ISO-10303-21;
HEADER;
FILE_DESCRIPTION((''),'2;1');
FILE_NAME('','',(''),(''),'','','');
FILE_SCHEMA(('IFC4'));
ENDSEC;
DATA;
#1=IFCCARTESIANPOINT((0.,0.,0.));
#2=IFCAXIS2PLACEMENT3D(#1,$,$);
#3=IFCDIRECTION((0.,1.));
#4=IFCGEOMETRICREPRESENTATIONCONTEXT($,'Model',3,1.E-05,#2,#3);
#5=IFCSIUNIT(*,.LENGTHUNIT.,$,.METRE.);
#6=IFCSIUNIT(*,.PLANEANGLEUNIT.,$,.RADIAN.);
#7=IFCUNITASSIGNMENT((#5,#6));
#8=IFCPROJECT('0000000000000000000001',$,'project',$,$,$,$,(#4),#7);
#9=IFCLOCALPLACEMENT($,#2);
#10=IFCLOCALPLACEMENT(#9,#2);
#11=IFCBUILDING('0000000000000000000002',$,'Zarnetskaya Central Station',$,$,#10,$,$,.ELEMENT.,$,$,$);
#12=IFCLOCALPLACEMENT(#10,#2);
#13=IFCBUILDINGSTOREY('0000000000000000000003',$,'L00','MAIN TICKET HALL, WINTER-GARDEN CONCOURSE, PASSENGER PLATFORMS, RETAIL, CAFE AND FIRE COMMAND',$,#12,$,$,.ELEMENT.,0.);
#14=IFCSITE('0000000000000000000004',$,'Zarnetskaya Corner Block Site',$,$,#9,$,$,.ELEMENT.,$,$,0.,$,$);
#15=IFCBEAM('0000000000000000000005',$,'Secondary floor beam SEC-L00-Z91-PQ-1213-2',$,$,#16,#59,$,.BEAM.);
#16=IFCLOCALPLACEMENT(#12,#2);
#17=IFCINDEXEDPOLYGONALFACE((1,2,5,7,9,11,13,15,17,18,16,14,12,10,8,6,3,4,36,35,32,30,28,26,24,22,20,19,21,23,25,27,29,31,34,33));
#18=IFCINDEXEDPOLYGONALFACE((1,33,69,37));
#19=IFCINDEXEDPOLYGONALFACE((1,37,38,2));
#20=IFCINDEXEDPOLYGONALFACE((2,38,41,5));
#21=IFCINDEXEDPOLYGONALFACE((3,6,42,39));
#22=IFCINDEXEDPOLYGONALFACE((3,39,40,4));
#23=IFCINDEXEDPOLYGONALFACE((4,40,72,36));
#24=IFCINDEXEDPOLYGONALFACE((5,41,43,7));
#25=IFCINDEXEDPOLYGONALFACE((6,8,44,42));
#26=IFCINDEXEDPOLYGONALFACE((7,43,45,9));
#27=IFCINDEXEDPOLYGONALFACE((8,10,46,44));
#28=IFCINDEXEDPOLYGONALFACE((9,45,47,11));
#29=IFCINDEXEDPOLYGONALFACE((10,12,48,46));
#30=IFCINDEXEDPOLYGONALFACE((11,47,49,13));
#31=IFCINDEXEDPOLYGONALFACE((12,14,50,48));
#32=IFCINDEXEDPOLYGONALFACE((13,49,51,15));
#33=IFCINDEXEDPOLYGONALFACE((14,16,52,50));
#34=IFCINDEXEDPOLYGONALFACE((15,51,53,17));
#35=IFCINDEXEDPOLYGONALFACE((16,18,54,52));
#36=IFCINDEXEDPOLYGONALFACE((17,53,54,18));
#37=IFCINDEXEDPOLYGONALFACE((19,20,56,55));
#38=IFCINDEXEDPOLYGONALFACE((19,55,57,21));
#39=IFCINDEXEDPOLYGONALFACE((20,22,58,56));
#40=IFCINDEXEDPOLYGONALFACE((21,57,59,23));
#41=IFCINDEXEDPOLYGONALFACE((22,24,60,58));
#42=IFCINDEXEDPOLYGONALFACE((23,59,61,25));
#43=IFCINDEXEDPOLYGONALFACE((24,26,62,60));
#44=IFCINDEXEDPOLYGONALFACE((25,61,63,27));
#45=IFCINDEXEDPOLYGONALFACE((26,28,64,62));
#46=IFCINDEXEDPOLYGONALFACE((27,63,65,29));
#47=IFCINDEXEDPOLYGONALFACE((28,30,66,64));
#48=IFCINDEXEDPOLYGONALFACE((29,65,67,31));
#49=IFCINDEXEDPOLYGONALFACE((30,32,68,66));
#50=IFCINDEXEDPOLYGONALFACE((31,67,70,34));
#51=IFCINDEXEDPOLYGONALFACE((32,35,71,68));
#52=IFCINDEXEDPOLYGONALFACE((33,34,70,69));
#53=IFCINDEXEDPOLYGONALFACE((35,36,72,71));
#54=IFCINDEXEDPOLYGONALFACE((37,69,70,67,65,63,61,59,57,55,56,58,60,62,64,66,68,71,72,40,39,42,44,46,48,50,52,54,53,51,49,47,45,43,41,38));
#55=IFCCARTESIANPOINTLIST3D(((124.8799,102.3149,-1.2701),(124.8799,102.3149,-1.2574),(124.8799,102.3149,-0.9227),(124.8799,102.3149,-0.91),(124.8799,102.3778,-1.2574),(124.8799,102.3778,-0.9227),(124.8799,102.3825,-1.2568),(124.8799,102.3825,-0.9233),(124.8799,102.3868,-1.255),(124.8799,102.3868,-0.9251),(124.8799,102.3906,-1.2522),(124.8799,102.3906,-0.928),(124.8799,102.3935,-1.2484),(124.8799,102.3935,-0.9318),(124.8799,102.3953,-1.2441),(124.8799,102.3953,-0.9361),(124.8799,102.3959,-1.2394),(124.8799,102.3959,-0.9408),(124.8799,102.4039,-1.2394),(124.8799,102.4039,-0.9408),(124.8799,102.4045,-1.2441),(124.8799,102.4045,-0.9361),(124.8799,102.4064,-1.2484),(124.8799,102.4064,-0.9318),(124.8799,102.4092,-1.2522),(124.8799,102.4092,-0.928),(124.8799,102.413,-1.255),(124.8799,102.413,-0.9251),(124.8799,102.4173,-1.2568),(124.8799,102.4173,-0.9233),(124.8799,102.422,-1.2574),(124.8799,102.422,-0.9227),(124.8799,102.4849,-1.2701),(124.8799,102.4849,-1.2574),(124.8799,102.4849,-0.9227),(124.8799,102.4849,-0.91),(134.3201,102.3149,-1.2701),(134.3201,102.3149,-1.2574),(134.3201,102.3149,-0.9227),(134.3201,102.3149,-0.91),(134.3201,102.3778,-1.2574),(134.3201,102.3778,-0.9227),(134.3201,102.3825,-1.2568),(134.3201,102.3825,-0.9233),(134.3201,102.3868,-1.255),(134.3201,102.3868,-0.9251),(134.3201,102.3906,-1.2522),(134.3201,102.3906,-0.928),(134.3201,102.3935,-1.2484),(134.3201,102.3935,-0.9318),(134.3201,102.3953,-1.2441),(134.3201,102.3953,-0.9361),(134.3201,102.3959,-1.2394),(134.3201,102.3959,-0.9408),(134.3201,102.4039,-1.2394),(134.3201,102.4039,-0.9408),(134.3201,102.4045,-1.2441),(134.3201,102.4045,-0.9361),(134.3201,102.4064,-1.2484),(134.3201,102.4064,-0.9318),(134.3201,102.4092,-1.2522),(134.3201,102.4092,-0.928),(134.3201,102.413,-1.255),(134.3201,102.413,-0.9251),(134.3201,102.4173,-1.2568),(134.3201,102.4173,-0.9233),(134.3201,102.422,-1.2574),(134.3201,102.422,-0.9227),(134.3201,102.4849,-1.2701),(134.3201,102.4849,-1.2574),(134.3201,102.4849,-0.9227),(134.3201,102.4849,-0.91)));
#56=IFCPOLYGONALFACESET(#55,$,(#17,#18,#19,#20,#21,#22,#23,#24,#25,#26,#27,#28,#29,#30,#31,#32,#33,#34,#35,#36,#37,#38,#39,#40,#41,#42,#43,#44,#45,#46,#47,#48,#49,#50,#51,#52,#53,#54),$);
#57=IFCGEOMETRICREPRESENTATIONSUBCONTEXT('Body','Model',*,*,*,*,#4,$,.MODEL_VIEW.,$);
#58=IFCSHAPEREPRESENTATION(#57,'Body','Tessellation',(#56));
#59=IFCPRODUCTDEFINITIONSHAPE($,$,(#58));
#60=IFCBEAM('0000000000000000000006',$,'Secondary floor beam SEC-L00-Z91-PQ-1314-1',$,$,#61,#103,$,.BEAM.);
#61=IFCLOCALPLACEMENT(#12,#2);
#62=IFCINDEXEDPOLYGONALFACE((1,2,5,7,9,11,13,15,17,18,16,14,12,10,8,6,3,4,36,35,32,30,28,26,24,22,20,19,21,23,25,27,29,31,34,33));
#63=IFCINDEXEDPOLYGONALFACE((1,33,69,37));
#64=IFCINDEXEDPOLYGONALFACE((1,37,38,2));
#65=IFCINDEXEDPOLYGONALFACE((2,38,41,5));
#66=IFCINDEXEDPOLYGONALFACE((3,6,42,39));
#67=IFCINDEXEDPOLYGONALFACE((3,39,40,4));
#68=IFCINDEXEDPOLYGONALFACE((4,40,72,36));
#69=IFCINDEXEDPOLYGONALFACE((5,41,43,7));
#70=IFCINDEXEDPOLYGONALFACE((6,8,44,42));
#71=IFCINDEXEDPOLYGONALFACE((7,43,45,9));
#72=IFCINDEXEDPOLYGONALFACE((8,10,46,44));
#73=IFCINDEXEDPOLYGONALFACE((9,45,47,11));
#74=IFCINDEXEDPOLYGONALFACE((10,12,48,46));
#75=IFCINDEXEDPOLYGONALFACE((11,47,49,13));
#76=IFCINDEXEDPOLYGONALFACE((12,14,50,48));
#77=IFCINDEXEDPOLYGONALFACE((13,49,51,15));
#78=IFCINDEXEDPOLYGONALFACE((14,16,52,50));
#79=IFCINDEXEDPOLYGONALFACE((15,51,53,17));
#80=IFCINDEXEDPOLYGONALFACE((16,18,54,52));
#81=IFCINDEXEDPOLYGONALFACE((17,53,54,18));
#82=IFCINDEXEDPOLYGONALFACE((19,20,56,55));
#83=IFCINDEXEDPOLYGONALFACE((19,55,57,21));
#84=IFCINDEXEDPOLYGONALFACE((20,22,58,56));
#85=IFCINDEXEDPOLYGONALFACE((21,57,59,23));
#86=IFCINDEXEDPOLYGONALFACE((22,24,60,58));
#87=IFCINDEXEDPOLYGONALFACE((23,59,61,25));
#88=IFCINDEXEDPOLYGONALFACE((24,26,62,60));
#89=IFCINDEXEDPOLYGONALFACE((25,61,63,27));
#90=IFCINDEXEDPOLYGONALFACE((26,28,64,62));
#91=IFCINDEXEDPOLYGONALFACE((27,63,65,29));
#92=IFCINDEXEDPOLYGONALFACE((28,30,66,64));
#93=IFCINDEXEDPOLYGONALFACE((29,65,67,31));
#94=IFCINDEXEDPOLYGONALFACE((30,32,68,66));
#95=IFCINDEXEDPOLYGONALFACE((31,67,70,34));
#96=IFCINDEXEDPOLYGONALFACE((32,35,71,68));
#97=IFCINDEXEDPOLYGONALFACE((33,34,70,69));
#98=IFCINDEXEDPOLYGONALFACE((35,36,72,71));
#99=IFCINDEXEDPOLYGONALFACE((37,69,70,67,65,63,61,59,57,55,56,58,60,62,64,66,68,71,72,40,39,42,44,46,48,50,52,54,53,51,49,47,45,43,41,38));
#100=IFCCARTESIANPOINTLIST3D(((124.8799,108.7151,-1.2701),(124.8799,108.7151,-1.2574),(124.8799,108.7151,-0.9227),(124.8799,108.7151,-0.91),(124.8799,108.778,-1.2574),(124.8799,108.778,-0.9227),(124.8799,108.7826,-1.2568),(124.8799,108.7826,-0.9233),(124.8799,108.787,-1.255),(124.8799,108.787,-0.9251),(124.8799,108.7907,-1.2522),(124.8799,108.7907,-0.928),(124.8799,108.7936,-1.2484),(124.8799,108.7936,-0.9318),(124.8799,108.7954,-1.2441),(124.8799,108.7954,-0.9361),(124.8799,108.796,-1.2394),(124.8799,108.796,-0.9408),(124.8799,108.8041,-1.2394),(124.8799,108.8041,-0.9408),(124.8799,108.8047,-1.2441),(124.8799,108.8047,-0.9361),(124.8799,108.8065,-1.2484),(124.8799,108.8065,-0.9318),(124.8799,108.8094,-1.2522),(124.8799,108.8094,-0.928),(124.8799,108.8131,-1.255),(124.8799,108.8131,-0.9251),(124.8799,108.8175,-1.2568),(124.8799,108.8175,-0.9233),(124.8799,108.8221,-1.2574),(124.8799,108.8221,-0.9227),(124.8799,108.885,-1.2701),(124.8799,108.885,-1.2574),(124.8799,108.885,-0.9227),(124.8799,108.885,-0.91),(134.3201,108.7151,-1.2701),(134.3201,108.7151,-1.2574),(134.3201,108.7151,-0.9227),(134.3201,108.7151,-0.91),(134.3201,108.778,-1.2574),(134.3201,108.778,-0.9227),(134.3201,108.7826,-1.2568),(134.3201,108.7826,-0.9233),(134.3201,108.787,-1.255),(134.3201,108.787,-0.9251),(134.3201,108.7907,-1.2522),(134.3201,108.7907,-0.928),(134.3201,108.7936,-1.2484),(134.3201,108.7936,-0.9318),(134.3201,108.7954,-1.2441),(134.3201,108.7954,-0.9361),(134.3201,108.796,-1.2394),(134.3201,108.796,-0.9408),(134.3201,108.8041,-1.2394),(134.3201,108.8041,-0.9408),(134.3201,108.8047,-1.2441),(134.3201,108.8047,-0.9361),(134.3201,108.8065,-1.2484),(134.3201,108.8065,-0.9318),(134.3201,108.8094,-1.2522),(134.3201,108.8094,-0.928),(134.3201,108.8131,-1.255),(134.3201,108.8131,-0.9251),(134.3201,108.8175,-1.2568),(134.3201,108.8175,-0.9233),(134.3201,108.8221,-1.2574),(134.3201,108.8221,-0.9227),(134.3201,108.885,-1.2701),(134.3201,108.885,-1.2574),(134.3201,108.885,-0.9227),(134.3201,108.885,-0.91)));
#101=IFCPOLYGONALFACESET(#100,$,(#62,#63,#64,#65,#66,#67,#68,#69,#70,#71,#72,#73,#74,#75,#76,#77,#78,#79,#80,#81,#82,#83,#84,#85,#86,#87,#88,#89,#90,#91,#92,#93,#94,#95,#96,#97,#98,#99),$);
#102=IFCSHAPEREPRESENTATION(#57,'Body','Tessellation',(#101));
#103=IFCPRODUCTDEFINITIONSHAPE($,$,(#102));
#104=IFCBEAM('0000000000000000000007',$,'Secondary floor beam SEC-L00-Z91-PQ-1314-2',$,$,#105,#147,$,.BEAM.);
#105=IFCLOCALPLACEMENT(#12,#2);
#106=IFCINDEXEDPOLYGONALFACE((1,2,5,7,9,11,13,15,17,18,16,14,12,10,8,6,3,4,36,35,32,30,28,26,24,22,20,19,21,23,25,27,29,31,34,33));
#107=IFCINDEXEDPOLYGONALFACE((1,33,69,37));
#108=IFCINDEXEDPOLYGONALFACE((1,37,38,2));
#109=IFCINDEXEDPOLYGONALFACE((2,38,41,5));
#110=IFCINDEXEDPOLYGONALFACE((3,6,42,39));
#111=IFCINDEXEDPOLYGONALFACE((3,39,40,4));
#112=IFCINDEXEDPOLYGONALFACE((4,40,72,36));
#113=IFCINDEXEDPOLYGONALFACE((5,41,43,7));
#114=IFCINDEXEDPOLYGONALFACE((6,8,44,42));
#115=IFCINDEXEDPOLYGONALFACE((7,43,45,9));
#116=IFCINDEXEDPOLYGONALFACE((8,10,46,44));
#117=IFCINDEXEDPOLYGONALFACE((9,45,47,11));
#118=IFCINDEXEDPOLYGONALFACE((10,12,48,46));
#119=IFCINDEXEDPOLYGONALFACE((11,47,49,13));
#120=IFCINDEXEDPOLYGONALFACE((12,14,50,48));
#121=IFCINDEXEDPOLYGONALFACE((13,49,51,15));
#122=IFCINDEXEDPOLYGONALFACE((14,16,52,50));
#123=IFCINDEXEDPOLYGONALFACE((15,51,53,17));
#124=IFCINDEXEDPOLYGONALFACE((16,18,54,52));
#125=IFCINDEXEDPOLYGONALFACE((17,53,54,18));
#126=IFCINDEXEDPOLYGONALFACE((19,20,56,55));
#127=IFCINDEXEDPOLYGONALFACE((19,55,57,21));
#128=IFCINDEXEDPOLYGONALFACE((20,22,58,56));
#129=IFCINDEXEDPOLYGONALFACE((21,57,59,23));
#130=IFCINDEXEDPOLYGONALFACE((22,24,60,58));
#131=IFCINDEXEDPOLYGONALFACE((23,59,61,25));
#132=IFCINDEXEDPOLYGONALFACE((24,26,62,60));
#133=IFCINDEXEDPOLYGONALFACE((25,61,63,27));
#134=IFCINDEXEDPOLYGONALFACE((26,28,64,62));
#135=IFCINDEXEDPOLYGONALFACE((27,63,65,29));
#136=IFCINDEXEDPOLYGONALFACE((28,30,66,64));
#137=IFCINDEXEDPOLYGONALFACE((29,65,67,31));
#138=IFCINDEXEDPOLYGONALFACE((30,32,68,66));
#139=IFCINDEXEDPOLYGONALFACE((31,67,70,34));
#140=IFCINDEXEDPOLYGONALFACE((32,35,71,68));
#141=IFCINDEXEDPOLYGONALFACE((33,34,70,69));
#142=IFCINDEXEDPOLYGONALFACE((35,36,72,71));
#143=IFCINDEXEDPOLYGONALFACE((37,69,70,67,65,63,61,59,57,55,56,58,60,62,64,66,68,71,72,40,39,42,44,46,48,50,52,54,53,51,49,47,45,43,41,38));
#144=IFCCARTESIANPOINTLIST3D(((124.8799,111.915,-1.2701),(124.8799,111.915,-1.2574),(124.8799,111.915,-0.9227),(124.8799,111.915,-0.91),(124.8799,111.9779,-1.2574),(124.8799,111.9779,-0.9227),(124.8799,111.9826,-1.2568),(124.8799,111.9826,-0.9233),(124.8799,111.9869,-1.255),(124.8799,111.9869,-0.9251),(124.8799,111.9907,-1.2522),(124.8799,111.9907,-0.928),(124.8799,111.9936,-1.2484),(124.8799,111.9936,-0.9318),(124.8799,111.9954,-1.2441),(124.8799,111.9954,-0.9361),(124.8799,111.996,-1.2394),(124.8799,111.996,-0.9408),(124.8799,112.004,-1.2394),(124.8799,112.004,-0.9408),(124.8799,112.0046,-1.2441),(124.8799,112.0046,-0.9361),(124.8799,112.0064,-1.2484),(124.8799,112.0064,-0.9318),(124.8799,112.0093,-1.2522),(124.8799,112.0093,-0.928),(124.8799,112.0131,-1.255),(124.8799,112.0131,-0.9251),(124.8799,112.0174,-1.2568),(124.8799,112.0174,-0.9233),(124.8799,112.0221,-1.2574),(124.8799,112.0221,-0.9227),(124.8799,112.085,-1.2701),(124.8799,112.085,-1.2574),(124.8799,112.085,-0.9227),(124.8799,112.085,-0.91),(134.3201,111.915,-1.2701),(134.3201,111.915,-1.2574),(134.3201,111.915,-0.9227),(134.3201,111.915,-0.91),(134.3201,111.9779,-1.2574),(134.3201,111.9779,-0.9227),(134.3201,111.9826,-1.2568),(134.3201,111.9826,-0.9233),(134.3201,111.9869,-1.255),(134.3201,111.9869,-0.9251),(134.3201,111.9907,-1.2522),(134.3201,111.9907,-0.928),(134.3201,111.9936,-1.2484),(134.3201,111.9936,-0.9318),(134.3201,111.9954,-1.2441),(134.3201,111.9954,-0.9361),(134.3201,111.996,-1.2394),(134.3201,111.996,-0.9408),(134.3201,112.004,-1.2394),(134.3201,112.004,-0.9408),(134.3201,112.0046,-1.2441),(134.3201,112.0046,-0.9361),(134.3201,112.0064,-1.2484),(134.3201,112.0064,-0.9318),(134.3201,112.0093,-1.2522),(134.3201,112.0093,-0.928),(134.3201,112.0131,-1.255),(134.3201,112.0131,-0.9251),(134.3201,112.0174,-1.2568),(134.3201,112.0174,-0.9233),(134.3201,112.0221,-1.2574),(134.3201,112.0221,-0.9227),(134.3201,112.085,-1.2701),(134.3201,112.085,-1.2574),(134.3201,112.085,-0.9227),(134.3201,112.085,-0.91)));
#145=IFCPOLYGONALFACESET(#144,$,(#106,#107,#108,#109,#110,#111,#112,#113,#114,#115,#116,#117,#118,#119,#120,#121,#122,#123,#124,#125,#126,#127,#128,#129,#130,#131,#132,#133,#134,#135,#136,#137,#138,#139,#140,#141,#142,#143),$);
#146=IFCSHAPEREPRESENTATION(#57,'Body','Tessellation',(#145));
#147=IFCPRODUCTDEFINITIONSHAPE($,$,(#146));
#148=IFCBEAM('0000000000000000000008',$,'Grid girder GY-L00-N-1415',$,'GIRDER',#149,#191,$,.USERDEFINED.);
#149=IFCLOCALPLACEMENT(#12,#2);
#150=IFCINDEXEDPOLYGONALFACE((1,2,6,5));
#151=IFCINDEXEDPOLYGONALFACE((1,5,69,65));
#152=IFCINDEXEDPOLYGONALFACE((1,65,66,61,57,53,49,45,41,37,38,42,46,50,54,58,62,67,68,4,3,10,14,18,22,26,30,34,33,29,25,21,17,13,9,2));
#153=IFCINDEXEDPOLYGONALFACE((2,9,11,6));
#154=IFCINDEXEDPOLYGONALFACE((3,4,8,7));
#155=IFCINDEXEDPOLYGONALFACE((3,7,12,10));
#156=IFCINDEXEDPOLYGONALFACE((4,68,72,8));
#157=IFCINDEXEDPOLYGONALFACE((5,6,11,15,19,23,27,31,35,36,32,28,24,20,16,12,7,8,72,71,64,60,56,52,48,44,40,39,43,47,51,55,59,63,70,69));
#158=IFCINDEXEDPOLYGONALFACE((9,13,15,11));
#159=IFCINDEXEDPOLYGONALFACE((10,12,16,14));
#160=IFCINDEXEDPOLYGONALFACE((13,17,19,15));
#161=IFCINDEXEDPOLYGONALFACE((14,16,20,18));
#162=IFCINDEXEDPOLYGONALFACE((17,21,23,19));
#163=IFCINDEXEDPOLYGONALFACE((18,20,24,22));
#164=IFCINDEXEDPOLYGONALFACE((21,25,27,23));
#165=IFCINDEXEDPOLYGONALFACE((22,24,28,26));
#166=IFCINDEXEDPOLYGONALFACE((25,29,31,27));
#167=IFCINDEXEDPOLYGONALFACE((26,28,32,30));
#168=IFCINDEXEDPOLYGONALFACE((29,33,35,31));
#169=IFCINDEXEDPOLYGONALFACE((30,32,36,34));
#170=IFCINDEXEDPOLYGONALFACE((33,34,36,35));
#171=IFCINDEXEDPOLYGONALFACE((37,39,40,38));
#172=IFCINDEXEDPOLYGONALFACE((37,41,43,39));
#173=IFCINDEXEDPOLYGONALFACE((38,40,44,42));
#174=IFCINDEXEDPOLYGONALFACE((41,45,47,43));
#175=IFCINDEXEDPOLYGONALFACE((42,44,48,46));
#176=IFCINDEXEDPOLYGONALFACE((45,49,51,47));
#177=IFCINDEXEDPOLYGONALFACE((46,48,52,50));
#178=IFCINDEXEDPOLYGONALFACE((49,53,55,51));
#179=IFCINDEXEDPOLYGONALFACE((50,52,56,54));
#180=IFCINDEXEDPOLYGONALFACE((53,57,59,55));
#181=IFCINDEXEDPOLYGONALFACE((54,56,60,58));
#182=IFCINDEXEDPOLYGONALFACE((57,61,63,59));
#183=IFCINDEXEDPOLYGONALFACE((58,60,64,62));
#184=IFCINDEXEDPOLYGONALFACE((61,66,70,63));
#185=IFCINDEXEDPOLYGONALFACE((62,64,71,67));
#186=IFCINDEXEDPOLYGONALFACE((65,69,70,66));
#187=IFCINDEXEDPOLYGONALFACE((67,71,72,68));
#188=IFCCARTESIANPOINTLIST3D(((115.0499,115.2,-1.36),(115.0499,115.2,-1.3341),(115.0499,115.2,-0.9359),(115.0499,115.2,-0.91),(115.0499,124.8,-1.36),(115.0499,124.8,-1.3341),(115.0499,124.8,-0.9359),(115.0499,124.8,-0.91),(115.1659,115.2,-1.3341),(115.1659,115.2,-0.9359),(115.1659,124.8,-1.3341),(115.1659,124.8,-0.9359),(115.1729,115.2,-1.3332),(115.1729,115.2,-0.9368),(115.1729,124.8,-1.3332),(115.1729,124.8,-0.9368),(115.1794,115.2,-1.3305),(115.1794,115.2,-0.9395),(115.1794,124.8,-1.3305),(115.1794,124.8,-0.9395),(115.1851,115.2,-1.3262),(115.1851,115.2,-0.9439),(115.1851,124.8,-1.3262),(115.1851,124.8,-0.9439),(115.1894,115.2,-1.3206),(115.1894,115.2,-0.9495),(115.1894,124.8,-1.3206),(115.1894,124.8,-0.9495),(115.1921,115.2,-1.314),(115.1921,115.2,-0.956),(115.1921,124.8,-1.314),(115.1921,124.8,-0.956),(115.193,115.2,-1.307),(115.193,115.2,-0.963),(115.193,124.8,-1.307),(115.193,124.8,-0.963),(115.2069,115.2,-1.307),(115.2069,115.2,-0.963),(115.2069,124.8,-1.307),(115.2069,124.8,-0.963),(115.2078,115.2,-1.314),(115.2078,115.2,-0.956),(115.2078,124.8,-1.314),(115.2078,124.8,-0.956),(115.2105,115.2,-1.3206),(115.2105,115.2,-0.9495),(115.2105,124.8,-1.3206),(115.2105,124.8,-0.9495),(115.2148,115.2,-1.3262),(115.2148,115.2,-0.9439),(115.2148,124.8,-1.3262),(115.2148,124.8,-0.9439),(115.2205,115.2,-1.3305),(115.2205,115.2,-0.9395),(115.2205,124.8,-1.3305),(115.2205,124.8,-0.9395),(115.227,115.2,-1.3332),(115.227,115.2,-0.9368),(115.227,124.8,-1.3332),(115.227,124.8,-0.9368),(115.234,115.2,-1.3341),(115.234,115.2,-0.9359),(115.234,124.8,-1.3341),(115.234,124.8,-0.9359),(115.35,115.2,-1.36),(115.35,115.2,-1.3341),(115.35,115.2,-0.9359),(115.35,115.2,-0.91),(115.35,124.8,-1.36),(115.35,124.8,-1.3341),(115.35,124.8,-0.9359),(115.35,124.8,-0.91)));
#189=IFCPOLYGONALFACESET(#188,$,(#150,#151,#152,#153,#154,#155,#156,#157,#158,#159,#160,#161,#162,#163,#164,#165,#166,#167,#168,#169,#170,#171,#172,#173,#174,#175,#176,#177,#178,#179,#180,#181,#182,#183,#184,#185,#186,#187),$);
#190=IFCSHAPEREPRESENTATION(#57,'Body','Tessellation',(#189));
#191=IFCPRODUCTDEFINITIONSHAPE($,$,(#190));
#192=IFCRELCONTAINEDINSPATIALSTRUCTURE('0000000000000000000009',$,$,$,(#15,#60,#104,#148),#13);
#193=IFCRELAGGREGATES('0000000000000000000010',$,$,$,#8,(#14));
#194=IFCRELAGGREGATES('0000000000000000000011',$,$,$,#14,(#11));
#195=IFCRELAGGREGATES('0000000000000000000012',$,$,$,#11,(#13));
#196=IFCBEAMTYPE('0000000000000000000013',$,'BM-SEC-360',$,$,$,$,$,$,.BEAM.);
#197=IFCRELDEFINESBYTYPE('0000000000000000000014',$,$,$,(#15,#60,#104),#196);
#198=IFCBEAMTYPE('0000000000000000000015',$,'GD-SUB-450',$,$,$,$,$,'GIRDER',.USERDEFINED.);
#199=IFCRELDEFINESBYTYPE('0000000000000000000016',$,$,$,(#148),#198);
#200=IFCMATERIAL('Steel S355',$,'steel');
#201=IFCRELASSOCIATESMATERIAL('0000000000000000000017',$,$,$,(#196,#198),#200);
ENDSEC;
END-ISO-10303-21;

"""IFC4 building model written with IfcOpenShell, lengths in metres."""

from ifc_helpers import new_model, si_unit, direction, frame, origin, origin_2d, place, context, subcontext, project, spatial, i_section, extrude, material, material_profile, profile_set, type_object, element, save


model = new_model("IFC4")

# Units and contexts
model_context = context("Model", 3, precision=1e-05, world=origin(), true_north=direction((0.0, 1.0)))
body_context = subcontext(model_context, "Body", "Model", "MODEL_VIEW")
ifc_project = project(units=[si_unit("LENGTHUNIT", "METRE"), si_unit("PLANEANGLEUNIT", "RADIAN")], contexts=[model_context])

# Site, building, storey
site_placement = place(None, origin())
site = spatial("IfcSite", under=ifc_project, at=site_placement, Name="Zarnetskaya Corner Block Site", CompositionType="ELEMENT", RefElevation=0.0)
building_placement = place(site_placement, origin())
building = spatial("IfcBuilding", under=site, at=building_placement, Name="Zarnetskaya Central Station", CompositionType="ELEMENT")
storey_placement = place(building_placement, origin())
storey = spatial("IfcBuildingStorey", under=building, at=storey_placement, Name="L00", Description="MAIN TICKET HALL, WINTER-GARDEN CONCOURSE, PASSENGER PLATFORMS, RETAIL, CAFE AND FIRE COMMAND", CompositionType="ELEMENT", Elevation=0.0)

# Shared definitions
ifc_material = material(Name="Steel S355", Category="steel")

# Beams
ifc_material_profile_1 = material_profile(ifc_material, i_section(OverallWidth=0.1699, OverallDepth=0.3601, WebThickness=0.0081, FlangeThickness=0.0127, FilletRadius=0.0181, at=origin_2d()), Name="IPE 360")
ifc_profile_set_1 = profile_set([ifc_material_profile_1], Name="Steel S355")
beam_type_1 = type_object("IfcBeamType", Name="BM-SEC-360", PredefinedType="BEAM", material=ifc_profile_set_1)
for number, where, z_axis, x_axis, name in (
    (1, (124.8799, 102.3999, -1.0901), (1.0, 0.0, 0.0), (0.0, 1.0, 0.0), "Secondary floor beam SEC-L00-Z91-PQ-1213-2"),
    (2, (124.8799, 108.8, -1.0901), (1.0, 0.0, 0.0), (0.0, 1.0, 0.0), "Secondary floor beam SEC-L00-Z91-PQ-1314-1"),
    (3, (124.8799, 112.0, -1.0901), (1.0, 0.0, 0.0), (0.0, 1.0, 0.0), "Secondary floor beam SEC-L00-Z91-PQ-1314-2"),
):
    element("IfcBeam", number, at=place(storey_placement, frame(where, z_axis=z_axis, x_axis=x_axis)), inside=storey, type_object=beam_type_1, Name=name, PredefinedType="BEAM", context=body_context, shape_type="SweptSolid", body=[
        extrude(i_section(OverallWidth=0.1699, OverallDepth=0.3601, WebThickness=0.0081, FlangeThickness=0.0127, FilletRadius=0.0181, at=origin_2d()), origin(), (0.0, 0.0, 1.0), 9.4402),
    ])
ifc_material_profile_2 = material_profile(ifc_material, i_section(OverallWidth=0.3, OverallDepth=0.45, WebThickness=0.0139, FlangeThickness=0.0259, FilletRadius=0.0271, at=origin_2d()), Name="HEB 450")
ifc_profile_set_2 = profile_set([ifc_material_profile_2], Name="Steel S355")
beam_type_2 = type_object("IfcBeamType", Name="GD-SUB-450", ElementType="GIRDER", PredefinedType="USERDEFINED", material=ifc_profile_set_2)
beam_1_placement = place(storey_placement, frame((115.2, 115.2, -1.135), z_axis=(0.0, 1.0, 0.0), x_axis=(-1.0, 0.0, 0.0)))
element("IfcBeam", 4, at=beam_1_placement, inside=storey, type_object=beam_type_2, Name="Grid girder GY-L00-N-1415", ObjectType="GIRDER", PredefinedType="USERDEFINED", context=body_context, shape_type="SweptSolid", body=[
    extrude(i_section(OverallWidth=0.3, OverallDepth=0.45, WebThickness=0.0139, FlangeThickness=0.0259, FilletRadius=0.0271, at=origin_2d()), origin(), (0.0, 0.0, 1.0), 9.6001),
])

save(model, "model.ifc")
